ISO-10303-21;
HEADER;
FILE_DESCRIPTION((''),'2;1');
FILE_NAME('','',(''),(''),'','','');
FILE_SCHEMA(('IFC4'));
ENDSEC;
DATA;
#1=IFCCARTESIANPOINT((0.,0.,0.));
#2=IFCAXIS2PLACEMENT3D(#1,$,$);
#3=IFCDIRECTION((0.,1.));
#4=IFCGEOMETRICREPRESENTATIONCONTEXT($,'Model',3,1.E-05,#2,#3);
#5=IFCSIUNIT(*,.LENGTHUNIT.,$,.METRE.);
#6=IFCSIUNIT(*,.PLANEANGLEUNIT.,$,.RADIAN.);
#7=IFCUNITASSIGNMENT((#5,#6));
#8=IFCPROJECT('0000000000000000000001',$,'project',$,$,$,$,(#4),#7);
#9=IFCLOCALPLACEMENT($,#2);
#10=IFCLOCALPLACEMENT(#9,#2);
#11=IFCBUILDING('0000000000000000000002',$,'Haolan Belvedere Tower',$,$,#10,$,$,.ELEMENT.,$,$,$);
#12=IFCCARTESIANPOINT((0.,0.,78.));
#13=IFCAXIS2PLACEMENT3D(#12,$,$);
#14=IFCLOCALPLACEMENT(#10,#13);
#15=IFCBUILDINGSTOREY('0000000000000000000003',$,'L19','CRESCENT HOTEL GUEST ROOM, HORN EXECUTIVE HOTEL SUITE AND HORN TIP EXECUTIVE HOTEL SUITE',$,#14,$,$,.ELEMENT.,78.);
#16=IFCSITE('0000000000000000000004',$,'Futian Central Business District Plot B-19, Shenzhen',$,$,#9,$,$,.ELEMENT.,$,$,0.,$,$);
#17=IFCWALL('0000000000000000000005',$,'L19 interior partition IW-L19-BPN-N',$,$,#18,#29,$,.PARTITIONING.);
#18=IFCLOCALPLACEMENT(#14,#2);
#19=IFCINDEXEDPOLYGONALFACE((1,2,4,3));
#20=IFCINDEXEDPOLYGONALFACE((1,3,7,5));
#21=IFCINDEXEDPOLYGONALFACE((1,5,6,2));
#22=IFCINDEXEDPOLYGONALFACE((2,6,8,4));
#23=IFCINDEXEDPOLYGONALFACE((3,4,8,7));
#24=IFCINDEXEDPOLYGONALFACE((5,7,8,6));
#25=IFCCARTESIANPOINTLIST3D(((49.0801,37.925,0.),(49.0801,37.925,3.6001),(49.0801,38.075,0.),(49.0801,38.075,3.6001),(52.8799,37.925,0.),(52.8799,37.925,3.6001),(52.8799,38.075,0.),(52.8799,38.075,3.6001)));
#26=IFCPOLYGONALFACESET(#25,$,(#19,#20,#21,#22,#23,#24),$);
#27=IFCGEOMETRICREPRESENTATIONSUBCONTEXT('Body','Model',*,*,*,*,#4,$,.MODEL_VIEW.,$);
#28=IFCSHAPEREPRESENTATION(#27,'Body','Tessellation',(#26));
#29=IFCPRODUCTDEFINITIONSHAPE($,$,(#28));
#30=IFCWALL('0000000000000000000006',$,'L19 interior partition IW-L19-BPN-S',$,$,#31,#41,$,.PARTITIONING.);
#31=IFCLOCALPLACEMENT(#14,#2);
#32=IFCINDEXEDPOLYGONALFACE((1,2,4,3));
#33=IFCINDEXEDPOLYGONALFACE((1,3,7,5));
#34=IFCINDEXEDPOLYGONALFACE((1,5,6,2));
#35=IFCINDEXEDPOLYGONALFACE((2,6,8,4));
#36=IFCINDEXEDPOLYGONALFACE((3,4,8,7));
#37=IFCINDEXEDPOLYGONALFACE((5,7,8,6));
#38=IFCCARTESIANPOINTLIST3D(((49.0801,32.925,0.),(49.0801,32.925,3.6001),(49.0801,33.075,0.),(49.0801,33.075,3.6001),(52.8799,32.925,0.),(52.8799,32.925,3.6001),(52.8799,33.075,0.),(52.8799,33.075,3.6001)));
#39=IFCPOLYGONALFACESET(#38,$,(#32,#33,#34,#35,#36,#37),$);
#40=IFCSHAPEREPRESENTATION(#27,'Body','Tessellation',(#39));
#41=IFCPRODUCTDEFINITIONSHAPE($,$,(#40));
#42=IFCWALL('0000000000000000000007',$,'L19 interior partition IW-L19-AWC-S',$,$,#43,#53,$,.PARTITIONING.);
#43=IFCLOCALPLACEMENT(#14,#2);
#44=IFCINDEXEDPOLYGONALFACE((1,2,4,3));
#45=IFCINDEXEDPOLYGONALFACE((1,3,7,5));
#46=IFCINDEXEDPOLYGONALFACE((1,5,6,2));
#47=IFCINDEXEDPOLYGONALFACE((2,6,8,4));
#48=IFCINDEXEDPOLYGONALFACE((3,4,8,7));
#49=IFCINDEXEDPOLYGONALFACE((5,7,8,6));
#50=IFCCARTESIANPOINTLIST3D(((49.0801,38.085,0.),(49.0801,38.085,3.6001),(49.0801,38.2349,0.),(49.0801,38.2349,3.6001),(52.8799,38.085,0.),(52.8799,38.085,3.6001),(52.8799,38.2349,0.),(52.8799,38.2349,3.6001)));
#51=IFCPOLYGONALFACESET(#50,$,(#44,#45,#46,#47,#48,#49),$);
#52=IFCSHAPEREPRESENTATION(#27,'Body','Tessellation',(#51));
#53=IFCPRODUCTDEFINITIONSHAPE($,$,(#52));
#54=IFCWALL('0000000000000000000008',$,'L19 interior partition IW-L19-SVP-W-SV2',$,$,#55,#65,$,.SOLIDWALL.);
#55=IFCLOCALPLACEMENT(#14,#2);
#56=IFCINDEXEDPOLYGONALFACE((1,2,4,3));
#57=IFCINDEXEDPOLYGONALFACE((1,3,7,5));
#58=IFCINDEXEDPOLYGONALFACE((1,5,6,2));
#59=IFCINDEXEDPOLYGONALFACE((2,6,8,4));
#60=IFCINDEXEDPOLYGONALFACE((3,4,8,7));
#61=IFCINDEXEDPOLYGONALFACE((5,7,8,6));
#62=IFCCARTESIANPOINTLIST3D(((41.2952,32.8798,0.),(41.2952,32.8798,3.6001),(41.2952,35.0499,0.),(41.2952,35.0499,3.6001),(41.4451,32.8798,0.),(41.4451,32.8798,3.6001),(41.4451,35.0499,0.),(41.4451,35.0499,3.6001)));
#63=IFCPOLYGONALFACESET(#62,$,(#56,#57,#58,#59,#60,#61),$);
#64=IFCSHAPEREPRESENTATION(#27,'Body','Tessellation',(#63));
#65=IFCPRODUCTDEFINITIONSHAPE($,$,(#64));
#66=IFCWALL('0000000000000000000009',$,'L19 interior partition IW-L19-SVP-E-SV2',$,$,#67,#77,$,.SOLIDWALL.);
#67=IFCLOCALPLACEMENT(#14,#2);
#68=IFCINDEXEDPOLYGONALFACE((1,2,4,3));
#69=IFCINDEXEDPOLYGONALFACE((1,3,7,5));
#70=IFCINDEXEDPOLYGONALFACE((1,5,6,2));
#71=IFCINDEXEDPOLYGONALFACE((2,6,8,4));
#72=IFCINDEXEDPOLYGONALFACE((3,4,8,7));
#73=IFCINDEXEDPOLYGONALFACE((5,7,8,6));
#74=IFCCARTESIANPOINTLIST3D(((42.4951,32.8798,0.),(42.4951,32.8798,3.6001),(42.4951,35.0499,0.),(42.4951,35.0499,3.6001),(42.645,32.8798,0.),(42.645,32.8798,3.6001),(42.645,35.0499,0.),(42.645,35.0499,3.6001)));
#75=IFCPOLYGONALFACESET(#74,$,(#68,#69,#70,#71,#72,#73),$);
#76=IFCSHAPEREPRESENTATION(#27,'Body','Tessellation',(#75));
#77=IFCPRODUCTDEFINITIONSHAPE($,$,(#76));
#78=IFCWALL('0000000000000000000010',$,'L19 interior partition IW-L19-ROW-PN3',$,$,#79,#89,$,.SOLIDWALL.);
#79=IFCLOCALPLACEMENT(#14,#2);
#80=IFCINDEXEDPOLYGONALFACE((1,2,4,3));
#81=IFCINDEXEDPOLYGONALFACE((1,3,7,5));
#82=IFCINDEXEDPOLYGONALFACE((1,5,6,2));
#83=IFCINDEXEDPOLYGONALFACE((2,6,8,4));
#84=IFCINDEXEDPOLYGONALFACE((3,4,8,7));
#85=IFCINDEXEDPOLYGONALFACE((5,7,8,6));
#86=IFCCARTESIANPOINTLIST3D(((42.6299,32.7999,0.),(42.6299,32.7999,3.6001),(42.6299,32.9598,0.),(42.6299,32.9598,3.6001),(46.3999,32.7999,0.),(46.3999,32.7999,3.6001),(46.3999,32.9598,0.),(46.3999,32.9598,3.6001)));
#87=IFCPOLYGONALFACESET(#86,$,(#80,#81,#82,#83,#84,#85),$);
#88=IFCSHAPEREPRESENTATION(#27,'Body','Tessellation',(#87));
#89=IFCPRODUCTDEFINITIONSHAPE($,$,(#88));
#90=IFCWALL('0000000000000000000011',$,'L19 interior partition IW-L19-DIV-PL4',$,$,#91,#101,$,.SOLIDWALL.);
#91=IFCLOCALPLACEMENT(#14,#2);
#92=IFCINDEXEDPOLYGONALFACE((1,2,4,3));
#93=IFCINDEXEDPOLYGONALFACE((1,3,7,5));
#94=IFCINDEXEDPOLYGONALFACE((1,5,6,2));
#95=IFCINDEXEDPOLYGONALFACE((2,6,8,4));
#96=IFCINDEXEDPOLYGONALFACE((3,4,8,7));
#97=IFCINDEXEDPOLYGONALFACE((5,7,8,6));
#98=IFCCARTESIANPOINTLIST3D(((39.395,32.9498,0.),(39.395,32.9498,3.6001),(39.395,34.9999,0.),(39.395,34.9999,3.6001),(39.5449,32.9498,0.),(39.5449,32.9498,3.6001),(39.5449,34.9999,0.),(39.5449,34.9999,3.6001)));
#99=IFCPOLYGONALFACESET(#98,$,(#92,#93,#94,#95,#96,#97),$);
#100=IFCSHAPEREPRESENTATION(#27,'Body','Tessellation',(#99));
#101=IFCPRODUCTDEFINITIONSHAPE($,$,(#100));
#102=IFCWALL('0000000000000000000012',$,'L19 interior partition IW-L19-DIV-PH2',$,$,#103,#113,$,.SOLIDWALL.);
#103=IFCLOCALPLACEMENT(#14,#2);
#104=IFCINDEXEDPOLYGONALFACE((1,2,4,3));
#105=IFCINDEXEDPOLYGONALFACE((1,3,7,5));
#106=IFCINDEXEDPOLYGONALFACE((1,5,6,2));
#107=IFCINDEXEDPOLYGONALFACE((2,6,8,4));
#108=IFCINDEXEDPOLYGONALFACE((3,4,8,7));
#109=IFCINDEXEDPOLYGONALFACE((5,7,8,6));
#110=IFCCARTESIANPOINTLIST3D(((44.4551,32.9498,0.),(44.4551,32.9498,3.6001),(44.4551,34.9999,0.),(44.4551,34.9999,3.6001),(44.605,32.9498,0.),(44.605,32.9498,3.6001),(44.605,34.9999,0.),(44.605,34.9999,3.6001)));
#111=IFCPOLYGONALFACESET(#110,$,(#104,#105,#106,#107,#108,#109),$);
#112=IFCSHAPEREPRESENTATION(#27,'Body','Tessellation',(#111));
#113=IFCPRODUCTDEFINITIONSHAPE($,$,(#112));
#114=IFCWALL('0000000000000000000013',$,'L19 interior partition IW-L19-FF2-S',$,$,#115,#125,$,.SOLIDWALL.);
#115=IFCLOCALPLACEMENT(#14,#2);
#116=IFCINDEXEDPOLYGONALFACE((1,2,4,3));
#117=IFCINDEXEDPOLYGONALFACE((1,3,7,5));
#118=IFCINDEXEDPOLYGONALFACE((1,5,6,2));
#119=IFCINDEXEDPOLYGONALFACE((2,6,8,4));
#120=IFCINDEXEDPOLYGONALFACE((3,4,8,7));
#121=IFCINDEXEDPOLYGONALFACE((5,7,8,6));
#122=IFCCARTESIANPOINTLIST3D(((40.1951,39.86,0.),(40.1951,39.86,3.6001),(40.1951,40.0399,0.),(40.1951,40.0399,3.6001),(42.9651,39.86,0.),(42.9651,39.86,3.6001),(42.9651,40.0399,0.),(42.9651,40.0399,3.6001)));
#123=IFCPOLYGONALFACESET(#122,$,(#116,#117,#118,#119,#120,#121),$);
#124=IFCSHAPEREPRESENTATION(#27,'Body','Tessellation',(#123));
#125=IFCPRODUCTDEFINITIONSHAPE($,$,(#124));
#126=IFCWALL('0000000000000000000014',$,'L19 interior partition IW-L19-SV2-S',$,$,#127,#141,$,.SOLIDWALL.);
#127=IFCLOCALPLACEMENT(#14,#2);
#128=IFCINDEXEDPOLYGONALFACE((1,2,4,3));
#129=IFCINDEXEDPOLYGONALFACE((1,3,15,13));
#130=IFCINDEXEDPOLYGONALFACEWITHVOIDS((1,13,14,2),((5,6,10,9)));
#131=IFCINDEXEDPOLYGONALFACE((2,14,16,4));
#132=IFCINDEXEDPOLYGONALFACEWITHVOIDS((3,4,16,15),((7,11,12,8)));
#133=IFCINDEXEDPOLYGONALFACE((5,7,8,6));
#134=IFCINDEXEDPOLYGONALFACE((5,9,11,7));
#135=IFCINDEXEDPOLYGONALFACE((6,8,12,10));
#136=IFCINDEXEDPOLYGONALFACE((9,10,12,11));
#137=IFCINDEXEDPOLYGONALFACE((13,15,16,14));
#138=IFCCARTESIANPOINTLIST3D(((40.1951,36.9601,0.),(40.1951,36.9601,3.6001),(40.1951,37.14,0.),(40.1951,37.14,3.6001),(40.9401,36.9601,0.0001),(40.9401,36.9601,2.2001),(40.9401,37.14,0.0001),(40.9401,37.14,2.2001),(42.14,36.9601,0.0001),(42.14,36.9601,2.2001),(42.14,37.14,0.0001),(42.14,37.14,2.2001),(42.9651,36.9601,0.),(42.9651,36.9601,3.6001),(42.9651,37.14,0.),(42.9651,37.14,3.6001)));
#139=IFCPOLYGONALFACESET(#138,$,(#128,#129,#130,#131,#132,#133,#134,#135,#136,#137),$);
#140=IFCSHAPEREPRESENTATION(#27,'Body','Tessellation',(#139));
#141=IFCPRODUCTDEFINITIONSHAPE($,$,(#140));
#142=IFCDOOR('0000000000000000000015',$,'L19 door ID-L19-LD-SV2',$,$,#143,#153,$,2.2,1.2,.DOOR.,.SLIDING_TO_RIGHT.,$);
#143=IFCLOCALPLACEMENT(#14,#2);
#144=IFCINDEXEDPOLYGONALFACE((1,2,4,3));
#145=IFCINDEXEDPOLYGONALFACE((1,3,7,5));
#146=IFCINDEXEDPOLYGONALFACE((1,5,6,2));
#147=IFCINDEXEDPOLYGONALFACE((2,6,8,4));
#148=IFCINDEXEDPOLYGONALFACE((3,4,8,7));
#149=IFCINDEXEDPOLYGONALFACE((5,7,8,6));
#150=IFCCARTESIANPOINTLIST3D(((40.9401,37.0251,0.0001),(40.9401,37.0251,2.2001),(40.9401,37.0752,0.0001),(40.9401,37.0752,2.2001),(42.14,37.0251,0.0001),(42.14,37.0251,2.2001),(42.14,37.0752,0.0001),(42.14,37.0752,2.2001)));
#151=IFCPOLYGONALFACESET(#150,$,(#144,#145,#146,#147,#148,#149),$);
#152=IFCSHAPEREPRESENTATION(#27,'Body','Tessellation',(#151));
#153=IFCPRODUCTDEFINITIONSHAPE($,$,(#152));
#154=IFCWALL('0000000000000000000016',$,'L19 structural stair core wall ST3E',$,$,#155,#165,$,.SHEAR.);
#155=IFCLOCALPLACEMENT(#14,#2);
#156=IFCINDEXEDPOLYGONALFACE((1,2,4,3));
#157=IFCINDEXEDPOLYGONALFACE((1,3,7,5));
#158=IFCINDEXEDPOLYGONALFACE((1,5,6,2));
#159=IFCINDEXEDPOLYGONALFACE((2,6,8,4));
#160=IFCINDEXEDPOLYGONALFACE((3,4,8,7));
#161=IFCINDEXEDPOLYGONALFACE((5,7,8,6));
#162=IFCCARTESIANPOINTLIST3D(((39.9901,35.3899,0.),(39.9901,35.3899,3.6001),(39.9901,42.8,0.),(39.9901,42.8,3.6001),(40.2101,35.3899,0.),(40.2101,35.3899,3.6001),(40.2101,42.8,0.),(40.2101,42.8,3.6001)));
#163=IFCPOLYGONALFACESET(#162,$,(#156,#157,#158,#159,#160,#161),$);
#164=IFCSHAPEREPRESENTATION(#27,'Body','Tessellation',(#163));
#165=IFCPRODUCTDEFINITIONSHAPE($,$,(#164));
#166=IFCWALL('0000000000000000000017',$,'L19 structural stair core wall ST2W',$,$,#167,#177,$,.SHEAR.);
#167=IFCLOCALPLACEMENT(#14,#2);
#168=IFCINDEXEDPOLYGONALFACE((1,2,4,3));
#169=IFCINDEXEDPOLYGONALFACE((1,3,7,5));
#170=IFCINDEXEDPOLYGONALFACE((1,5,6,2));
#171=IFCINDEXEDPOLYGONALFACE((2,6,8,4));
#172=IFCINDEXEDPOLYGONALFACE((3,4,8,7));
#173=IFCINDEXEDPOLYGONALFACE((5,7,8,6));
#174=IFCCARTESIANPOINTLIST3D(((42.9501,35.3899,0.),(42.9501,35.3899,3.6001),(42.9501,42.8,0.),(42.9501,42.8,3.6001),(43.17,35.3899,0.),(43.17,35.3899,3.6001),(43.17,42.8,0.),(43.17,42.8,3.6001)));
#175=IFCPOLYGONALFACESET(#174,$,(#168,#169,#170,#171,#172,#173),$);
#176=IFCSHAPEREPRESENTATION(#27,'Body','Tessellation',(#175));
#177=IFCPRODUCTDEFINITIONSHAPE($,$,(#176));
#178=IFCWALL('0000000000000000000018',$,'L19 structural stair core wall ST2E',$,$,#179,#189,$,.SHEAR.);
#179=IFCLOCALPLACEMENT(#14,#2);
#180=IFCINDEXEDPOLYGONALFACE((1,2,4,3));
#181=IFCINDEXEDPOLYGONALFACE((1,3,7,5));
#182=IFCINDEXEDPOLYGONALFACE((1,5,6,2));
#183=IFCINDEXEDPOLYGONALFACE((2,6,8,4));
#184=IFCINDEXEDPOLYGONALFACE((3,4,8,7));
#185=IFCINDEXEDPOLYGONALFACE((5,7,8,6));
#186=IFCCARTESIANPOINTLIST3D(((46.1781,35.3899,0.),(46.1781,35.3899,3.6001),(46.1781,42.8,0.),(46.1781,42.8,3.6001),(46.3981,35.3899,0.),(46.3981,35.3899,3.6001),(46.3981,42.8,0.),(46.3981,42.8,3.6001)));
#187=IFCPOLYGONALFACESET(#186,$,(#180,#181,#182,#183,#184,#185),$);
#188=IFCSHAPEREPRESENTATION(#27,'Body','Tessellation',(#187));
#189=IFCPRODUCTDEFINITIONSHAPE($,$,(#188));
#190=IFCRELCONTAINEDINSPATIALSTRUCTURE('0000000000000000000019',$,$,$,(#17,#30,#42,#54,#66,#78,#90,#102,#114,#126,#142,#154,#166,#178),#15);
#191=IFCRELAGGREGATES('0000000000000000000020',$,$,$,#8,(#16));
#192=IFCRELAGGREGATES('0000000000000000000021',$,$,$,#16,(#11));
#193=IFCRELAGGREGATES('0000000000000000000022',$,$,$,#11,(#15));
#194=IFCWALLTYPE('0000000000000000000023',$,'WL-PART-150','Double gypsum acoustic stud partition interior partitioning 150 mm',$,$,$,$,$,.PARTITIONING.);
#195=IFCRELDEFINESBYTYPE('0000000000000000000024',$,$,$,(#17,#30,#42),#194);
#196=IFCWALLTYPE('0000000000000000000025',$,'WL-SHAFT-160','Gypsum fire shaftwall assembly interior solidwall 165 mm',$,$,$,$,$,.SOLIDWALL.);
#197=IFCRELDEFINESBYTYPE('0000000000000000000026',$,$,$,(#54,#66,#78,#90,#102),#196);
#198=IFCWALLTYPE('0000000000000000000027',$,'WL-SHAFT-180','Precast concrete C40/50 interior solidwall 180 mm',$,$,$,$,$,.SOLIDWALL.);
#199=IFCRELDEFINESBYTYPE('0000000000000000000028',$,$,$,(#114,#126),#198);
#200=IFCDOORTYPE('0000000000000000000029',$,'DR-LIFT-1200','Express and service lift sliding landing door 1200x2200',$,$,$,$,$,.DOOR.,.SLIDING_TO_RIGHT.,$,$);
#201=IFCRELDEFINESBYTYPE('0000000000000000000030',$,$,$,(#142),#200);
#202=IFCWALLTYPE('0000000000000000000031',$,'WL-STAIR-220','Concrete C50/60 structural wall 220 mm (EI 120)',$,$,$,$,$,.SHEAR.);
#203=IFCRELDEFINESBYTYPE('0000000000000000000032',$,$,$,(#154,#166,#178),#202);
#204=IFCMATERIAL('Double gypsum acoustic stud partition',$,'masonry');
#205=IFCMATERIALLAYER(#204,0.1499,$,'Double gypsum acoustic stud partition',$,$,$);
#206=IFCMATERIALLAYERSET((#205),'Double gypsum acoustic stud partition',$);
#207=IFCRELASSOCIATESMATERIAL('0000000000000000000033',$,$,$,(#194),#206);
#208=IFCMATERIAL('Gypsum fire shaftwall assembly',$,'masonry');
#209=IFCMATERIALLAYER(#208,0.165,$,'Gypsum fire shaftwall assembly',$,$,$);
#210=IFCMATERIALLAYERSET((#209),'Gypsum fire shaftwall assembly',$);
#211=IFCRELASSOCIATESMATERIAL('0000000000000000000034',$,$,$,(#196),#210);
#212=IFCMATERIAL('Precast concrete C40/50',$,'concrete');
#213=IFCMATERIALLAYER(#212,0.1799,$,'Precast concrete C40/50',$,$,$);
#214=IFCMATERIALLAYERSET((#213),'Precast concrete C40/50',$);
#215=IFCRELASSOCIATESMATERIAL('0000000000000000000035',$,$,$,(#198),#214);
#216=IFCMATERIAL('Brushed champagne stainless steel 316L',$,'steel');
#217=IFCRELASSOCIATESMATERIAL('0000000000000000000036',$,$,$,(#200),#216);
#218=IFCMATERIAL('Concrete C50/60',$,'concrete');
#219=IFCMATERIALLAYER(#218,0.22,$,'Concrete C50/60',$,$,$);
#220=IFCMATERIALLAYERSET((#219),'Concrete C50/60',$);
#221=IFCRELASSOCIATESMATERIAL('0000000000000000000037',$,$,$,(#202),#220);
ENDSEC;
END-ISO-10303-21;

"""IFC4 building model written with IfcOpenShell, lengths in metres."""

from ifc_helpers import new_model, si_unit, direction, frame, frame_2d, origin, place, context, subcontext, project, spatial, rectangle, extrude, material, layer, layer_set, type_object, element, fill, save


model = new_model("IFC4")

# Units and contexts
model_context = context("Model", 3, precision=1e-05, world=origin(), true_north=direction((0.0, 1.0)))
body_context = subcontext(model_context, "Body", "Model", "MODEL_VIEW")
ifc_project = project(units=[si_unit("LENGTHUNIT", "METRE"), si_unit("PLANEANGLEUNIT", "RADIAN")], contexts=[model_context])

# Site, building, storey
site_placement = place(None, origin())
site = spatial("IfcSite", under=ifc_project, at=site_placement, Name="Futian Central Business District Plot B-19, Shenzhen", CompositionType="ELEMENT", RefElevation=0.0)
building_placement = place(site_placement, origin())
building = spatial("IfcBuilding", under=site, at=building_placement, Name="Haolan Belvedere Tower", CompositionType="ELEMENT")
storey_placement = place(building_placement, frame((0.0, 0.0, 78.0)))
storey = spatial("IfcBuildingStorey", under=building, at=storey_placement, Name="L19", Description="CRESCENT HOTEL GUEST ROOM, HORN EXECUTIVE HOTEL SUITE AND HORN TIP EXECUTIVE HOTEL SUITE", CompositionType="ELEMENT", Elevation=78.0)

# Walls
ifc_material_1 = material(Name="Double gypsum acoustic stud partition", Category="masonry")
ifc_layer_1 = layer(ifc_material_1, 0.1499, Name="Double gypsum acoustic stud partition")
ifc_layer_set_1 = layer_set([ifc_layer_1], Name="Double gypsum acoustic stud partition")
wall_type_1 = type_object("IfcWallType", Name="WL-PART-150", Description="Double gypsum acoustic stud partition interior partitioning 150 mm", PredefinedType="PARTITIONING", material=ifc_layer_set_1)
for number, where, z_axis, x_axis, name in (
    (1, (49.0801, 38.0, 0.0), (0.0, 0.0, 1.0), (1.0, 0.0, 0.0), "L19 interior partition IW-L19-BPN-N"),
    (2, (49.0801, 33.0, 0.0), (0.0, 0.0, 1.0), (1.0, 0.0, 0.0), "L19 interior partition IW-L19-BPN-S"),
    (3, (49.0801, 38.1599, 0.0), (0.0, 0.0, 1.0), (1.0, 0.0, 0.0), "L19 interior partition IW-L19-AWC-S"),
):
    element("IfcWall", number, at=place(storey_placement, frame(where, z_axis=z_axis, x_axis=x_axis)), inside=storey, type_object=wall_type_1, Name=name, PredefinedType="PARTITIONING", context=body_context, shape_type="SweptSolid", body=[
        extrude(rectangle(XDim=3.7998, YDim=0.1499, at=frame_2d((1.8999, 0.0))), origin(), (0.0, 0.0, 1.0), 3.6001),
    ])
ifc_material_2 = material(Name="Gypsum fire shaftwall assembly", Category="masonry")
ifc_layer_2 = layer(ifc_material_2, 0.165, Name="Gypsum fire shaftwall assembly")
ifc_layer_set_2 = layer_set([ifc_layer_2], Name="Gypsum fire shaftwall assembly")
wall_type_2 = type_object("IfcWallType", Name="WL-SHAFT-160", Description="Gypsum fire shaftwall assembly interior solidwall 165 mm", PredefinedType="SOLIDWALL", material=ifc_layer_set_2)
for number, where, z_axis, x_axis, name in (
    (4, (41.3701, 32.8799, 0.0), (0.0, 0.0, 1.0), (0.0, 1.0, 0.0), "L19 interior partition IW-L19-SVP-W-SV2"),
    (5, (42.5701, 32.8799, 0.0), (0.0, 0.0, 1.0), (0.0, 1.0, 0.0), "L19 interior partition IW-L19-SVP-E-SV2"),
):
    element("IfcWall", number, at=place(storey_placement, frame(where, z_axis=z_axis, x_axis=x_axis)), inside=storey, type_object=wall_type_2, Name=name, PredefinedType="SOLIDWALL", context=body_context, shape_type="SweptSolid", body=[
        extrude(rectangle(XDim=2.1702, YDim=0.1499, at=frame_2d((1.085, 0.0))), origin(), (0.0, 0.0, 1.0), 3.6001),
    ])
wall_1_placement = place(storey_placement, frame((42.6299, 32.8799, 0.0), z_axis=(0.0, 0.0, 1.0), x_axis=(1.0, 0.0, 0.0)))
element("IfcWall", 6, at=wall_1_placement, inside=storey, type_object=wall_type_2, Name="L19 interior partition IW-L19-ROW-PN3", PredefinedType="SOLIDWALL", context=body_context, shape_type="SweptSolid", body=[
    extrude(rectangle(XDim=3.77, YDim=0.1599, at=frame_2d((1.885, 0.0))), origin(), (0.0, 0.0, 1.0), 3.6001),
])
for number, where, z_axis, x_axis, name in (
    (7, (39.47, 32.95, 0.0), (0.0, 0.0, 1.0), (0.0, 1.0, 0.0), "L19 interior partition IW-L19-DIV-PL4"),
    (8, (44.53, 32.95, 0.0), (0.0, 0.0, 1.0), (0.0, 1.0, 0.0), "L19 interior partition IW-L19-DIV-PH2"),
):
    element("IfcWall", number, at=place(storey_placement, frame(where, z_axis=z_axis, x_axis=x_axis)), inside=storey, type_object=wall_type_2, Name=name, PredefinedType="SOLIDWALL", context=body_context, shape_type="SweptSolid", body=[
        extrude(rectangle(XDim=2.05, YDim=0.1499, at=frame_2d((1.0249, 0.0))), origin(), (0.0, 0.0, 1.0), 3.6001),
    ])
ifc_material_3 = material(Name="Precast concrete C40/50", Category="concrete")
ifc_layer_3 = layer(ifc_material_3, 0.1799, Name="Precast concrete C40/50")
ifc_layer_set_3 = layer_set([ifc_layer_3], Name="Precast concrete C40/50")
wall_type_3 = type_object("IfcWallType", Name="WL-SHAFT-180", Description="Precast concrete C40/50 interior solidwall 180 mm", PredefinedType="SOLIDWALL", material=ifc_layer_set_3)
wall_2_placement = place(storey_placement, frame((40.1951, 39.95, 0.0), z_axis=(0.0, 0.0, 1.0), x_axis=(1.0, 0.0, 0.0)))
element("IfcWall", 9, at=wall_2_placement, inside=storey, type_object=wall_type_3, Name="L19 interior partition IW-L19-FF2-S", PredefinedType="SOLIDWALL", context=body_context, shape_type="SweptSolid", body=[
    extrude(rectangle(XDim=2.77, YDim=0.1799, at=frame_2d((1.385, 0.0))), origin(), (0.0, 0.0, 1.0), 3.6001),
])

# Wall, opening, door
wall_3_placement = place(storey_placement, frame((40.1951, 37.05, 0.0), z_axis=(0.0, 0.0, 1.0), x_axis=(1.0, 0.0, 0.0)))
wall_3 = element("IfcWall", 10, at=wall_3_placement, inside=storey, type_object=wall_type_3, Name="L19 interior partition IW-L19-SV2-S", PredefinedType="SOLIDWALL", context=body_context, shape_type="SweptSolid", body=[
    extrude(rectangle(XDim=2.77, YDim=0.1799, at=frame_2d((1.385, 0.0))), origin(), (0.0, 0.0, 1.0), 3.6001),
])
opening_placement = place(wall_3_placement, frame((1.9451, 0.0, 0.0), z_axis=(0.0, 0.0, 1.0), x_axis=(-1.0, 0.0, 0.0)))
opening = element("IfcOpeningElement", 11, at=opening_placement, cuts=wall_3, PredefinedType="OPENING", context=body_context, shape_type="SweptSolid", body=[
    extrude(rectangle(XDim=1.2, YDim=2.2, at=frame_2d((0.6001, 1.1001))), frame((0.0, 0.0999, 0.0), z_axis=(0.0, -1.0, 0.0), x_axis=(1.0, 0.0, 0.0)), (0.0, 0.0, 1.0), 0.2),
])
ifc_material_4 = material(Name="Brushed champagne stainless steel 316L", Category="steel")
door_type = type_object("IfcDoorType", Name="DR-LIFT-1200", Description="Express and service lift sliding landing door 1200x2200", OperationType="SLIDING_TO_RIGHT", PredefinedType="DOOR", material=ifc_material_4)
door_placement = place(opening_placement, origin())
door = element("IfcDoor", 12, at=door_placement, inside=storey, type_object=door_type, Name="L19 door ID-L19-LD-SV2", OperationType="SLIDING_TO_RIGHT", OverallHeight=2.2, OverallWidth=1.2, PredefinedType="DOOR", context=body_context, shape_type="SweptSolid", body=[
    extrude(rectangle(XDim=1.2, YDim=2.2, at=frame_2d((0.6001, 1.1001))), frame((0.0, 0.0249, 0.0), z_axis=(0.0, -1.0, 0.0), x_axis=(1.0, 0.0, 0.0)), (0.0, 0.0, 1.0), 0.05),
])
fill(opening, door)

# Walls
ifc_material_5 = material(Name="Concrete C50/60", Category="concrete")
ifc_layer_4 = layer(ifc_material_5, 0.22, Name="Concrete C50/60")
ifc_layer_set_4 = layer_set([ifc_layer_4], Name="Concrete C50/60")
wall_type_4 = type_object("IfcWallType", Name="WL-STAIR-220", Description="Concrete C50/60 structural wall 220 mm (EI 120)", PredefinedType="SHEAR", material=ifc_layer_set_4)
for number, where, z_axis, x_axis, name in (
    (13, (40.1001, 35.3899, 0.0), (0.0, 0.0, 1.0), (0.0, 1.0, 0.0), "L19 structural stair core wall ST3E"),
    (14, (43.0601, 35.3899, 0.0), (0.0, 0.0, 1.0), (0.0, 1.0, 0.0), "L19 structural stair core wall ST2W"),
    (15, (46.2881, 35.3899, 0.0), (0.0, 0.0, 1.0), (0.0, 1.0, 0.0), "L19 structural stair core wall ST2E"),
):
    element("IfcWall", number, at=place(storey_placement, frame(where, z_axis=z_axis, x_axis=x_axis)), inside=storey, type_object=wall_type_4, Name=name, PredefinedType="SHEAR", context=body_context, shape_type="SweptSolid", body=[
        extrude(rectangle(XDim=7.4102, YDim=0.22, at=frame_2d((3.7051, 0.0))), origin(), (0.0, 0.0, 1.0), 3.6001),
    ])

save(model, "model.ifc")
